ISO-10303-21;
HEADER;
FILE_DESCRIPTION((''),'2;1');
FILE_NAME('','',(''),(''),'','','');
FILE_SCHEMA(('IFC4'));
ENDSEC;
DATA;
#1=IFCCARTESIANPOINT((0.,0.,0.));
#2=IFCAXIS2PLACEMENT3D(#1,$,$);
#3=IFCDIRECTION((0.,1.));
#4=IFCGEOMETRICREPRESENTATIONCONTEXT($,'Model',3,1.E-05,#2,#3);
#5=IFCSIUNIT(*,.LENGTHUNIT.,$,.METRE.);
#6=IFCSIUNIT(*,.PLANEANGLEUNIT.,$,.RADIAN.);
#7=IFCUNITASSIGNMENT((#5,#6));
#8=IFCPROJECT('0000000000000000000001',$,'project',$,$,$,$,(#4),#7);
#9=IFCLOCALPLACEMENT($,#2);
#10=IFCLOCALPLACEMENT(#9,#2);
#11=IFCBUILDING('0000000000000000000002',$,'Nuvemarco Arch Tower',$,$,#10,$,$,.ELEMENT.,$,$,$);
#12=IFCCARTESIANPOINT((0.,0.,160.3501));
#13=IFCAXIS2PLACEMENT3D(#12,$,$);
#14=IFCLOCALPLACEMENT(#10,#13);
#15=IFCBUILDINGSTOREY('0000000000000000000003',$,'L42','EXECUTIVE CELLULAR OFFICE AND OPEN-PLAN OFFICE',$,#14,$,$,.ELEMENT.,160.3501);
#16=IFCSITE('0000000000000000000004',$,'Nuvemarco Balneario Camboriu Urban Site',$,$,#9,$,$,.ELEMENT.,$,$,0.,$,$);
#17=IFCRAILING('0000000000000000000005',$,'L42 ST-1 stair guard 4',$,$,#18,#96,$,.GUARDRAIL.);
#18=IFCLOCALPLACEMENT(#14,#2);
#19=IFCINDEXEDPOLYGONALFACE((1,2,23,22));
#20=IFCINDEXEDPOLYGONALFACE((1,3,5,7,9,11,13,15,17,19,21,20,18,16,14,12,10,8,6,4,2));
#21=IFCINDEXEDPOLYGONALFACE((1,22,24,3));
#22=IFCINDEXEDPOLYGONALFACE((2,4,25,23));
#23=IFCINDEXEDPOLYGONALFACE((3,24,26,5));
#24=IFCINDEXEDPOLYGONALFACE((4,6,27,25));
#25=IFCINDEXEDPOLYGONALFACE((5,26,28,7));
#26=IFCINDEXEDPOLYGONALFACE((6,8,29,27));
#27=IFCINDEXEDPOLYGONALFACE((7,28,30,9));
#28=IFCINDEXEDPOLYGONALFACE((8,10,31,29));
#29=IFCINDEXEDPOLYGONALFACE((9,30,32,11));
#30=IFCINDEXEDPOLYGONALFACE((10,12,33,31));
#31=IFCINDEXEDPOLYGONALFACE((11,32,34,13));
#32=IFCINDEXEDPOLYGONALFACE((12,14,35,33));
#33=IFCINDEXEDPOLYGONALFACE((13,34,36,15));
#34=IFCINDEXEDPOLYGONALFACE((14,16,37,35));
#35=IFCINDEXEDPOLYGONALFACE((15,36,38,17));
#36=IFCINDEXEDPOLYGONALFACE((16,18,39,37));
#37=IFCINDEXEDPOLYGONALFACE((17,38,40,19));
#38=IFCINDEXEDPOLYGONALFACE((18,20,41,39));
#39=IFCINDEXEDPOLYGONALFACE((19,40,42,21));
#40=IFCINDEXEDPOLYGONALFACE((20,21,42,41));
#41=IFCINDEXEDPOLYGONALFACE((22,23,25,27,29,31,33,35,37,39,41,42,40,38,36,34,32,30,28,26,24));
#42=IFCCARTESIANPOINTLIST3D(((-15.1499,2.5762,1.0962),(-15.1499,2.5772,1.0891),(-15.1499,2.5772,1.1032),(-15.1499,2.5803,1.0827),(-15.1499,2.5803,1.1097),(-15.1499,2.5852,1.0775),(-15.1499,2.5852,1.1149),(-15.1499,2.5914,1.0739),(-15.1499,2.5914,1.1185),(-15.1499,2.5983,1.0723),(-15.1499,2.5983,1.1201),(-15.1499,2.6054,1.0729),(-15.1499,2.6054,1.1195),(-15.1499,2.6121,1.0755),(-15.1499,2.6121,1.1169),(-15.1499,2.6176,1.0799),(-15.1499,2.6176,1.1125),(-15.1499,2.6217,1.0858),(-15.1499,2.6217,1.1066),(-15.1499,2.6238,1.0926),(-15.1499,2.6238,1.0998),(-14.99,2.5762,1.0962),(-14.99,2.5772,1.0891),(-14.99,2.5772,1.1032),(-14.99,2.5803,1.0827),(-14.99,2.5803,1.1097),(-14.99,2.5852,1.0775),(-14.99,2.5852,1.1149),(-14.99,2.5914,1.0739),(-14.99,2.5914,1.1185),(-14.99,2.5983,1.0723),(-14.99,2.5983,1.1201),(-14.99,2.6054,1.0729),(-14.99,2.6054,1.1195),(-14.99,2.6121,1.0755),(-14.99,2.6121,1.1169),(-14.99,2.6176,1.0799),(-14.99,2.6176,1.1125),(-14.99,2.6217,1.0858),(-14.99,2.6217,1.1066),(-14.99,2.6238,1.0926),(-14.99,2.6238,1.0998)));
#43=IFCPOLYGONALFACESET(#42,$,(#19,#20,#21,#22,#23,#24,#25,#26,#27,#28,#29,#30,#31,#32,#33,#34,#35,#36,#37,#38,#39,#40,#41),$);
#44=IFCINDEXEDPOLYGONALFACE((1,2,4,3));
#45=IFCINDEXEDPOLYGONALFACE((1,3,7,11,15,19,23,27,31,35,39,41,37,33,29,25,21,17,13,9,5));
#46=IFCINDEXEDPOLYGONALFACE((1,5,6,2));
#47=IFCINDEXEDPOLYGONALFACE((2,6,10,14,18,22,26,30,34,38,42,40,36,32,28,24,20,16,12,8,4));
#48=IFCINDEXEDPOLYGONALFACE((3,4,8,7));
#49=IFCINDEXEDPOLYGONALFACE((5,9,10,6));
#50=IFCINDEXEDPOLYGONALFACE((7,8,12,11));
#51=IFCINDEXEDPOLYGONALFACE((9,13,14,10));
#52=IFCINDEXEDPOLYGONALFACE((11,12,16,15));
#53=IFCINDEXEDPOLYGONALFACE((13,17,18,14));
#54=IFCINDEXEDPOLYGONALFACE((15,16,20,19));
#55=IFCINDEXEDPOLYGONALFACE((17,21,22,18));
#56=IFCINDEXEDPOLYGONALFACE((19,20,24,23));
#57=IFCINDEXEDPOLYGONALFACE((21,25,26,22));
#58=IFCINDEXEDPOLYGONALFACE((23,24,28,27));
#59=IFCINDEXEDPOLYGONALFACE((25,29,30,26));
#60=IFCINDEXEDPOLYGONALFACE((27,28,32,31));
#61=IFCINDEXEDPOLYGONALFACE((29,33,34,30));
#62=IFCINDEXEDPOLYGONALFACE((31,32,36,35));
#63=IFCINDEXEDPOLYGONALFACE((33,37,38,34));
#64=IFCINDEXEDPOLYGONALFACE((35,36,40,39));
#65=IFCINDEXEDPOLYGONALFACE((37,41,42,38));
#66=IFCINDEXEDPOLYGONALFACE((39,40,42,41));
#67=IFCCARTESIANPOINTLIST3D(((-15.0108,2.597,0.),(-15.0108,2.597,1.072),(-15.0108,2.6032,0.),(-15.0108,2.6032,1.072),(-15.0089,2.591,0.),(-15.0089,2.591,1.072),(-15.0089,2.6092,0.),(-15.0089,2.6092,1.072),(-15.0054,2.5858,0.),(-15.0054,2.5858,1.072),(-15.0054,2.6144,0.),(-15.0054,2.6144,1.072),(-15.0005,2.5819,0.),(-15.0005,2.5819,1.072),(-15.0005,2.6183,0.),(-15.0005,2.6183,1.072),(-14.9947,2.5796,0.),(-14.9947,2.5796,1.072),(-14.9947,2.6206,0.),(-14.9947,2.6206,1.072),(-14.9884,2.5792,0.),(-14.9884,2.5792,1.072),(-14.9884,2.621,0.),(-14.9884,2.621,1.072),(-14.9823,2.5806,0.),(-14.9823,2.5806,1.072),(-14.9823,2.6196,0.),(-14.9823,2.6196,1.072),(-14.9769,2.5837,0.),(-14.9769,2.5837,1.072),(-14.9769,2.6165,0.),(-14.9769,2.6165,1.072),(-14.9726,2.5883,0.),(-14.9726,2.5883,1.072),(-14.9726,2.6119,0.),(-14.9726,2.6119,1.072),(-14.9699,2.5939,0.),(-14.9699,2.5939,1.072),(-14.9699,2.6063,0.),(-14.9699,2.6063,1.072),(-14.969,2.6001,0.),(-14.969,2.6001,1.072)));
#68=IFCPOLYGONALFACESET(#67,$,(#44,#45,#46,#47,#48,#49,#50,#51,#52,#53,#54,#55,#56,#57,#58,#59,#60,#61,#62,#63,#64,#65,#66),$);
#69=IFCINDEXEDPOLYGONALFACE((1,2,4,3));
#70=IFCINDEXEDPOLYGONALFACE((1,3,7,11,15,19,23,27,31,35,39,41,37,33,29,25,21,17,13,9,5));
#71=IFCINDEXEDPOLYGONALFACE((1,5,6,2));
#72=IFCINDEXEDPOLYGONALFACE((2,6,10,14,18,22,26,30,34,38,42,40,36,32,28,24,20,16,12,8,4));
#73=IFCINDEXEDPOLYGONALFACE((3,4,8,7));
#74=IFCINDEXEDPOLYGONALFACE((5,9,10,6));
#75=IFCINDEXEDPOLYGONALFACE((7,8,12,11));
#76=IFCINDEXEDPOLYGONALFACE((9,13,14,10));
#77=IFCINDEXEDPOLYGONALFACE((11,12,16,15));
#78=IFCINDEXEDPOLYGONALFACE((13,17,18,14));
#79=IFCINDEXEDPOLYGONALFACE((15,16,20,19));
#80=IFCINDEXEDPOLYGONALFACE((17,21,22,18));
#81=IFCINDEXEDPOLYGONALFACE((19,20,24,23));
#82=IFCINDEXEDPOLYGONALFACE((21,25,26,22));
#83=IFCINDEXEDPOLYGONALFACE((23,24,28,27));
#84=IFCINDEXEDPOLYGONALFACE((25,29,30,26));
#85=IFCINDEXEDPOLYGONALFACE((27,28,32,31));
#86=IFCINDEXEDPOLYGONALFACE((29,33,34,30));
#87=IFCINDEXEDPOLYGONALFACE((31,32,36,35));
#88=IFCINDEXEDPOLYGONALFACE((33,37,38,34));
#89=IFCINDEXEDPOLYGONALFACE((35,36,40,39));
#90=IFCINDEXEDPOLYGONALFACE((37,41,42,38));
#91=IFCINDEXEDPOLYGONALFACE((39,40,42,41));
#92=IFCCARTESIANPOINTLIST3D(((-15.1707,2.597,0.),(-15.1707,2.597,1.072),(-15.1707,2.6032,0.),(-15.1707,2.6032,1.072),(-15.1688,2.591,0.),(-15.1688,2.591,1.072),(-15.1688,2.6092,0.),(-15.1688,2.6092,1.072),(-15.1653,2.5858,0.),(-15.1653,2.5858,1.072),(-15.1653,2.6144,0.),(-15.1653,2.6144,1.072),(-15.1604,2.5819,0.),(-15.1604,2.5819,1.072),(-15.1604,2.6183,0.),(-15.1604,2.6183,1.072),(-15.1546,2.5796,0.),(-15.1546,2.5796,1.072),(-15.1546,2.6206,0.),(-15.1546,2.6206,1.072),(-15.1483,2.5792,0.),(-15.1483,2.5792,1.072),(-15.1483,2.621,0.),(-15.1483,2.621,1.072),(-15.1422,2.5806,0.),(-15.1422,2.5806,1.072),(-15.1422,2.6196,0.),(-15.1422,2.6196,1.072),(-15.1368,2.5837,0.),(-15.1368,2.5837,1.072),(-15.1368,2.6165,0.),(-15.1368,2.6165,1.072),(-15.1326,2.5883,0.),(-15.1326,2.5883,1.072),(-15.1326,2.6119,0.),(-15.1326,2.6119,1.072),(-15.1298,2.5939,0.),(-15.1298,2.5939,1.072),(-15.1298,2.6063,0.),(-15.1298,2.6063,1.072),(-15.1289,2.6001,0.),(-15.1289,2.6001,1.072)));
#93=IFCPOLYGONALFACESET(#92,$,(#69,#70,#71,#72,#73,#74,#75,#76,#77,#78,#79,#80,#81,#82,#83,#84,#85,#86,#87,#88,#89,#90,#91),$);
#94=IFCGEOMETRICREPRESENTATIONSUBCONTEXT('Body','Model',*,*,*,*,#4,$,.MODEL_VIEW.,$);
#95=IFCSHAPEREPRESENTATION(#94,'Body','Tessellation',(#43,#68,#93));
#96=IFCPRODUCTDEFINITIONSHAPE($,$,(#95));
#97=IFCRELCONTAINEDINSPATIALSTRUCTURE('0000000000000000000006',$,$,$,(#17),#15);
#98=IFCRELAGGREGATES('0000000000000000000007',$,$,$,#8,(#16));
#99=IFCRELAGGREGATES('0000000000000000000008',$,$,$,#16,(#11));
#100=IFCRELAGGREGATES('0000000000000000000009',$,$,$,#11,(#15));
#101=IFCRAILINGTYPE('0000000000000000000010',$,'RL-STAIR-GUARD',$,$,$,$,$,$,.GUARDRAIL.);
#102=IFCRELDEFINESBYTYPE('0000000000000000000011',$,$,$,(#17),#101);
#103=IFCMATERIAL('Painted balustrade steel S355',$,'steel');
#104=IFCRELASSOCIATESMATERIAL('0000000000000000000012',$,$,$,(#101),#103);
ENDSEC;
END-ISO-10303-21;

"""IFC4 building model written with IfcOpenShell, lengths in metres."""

from ifc_helpers import new_model, si_unit, direction, frame, origin, origin_2d, place, context, subcontext, project, spatial, circle, extrude, material, type_object, element, save


model = new_model("IFC4")

# Units and contexts
model_context = context("Model", 3, precision=1e-05, world=origin(), true_north=direction((0.0, 1.0)))
body_context = subcontext(model_context, "Body", "Model", "MODEL_VIEW")
ifc_project = project(units=[si_unit("LENGTHUNIT", "METRE"), si_unit("PLANEANGLEUNIT", "RADIAN")], contexts=[model_context])

# Site, building, storey
site_placement = place(None, origin())
site = spatial("IfcSite", under=ifc_project, at=site_placement, Name="Nuvemarco Balneario Camboriu Urban Site", CompositionType="ELEMENT", RefElevation=0.0)
building_placement = place(site_placement, origin())
building = spatial("IfcBuilding", under=site, at=building_placement, Name="Nuvemarco Arch Tower", CompositionType="ELEMENT")
storey_placement = place(building_placement, frame((0.0, 0.0, 160.3501)))
storey = spatial("IfcBuildingStorey", under=building, at=storey_placement, Name="L42", Description="EXECUTIVE CELLULAR OFFICE AND OPEN-PLAN OFFICE", CompositionType="ELEMENT", Elevation=160.3501)

# Railing
ifc_material_1 = material(Name="Painted balustrade steel S355", Category="steel")
railing_type_1 = type_object("IfcRailingType", Name="RL-STAIR-GUARD", PredefinedType="GUARDRAIL", material=ifc_material_1)
railing_1_placement = place(storey_placement, frame((-14.99, 2.6001, 0.0)))
element("IfcRailing", 1, at=railing_1_placement, inside=storey, type_object=railing_type_1, Name="L42 ST-1 stair guard 4", PredefinedType="GUARDRAIL", context=body_context, shape_type="SweptSolid", body=[
    extrude(circle(Radius=0.0239, at=origin_2d()), frame((0.0, 0.0, 1.0962), z_axis=(-1.0, 0.0, 0.0), x_axis=(0.0, -1.0, 0.0)), (0.0, 0.0, 1.0), 0.1599),
    extrude(circle(Radius=0.021, at=origin_2d()), origin(), (0.0, 0.0, 1.0), 1.072),
    extrude(circle(Radius=0.021, at=origin_2d()), frame((-0.1599, 0.0, 0.0)), (0.0, 0.0, 1.0), 1.072),
])

save(model, "model.ifc")
